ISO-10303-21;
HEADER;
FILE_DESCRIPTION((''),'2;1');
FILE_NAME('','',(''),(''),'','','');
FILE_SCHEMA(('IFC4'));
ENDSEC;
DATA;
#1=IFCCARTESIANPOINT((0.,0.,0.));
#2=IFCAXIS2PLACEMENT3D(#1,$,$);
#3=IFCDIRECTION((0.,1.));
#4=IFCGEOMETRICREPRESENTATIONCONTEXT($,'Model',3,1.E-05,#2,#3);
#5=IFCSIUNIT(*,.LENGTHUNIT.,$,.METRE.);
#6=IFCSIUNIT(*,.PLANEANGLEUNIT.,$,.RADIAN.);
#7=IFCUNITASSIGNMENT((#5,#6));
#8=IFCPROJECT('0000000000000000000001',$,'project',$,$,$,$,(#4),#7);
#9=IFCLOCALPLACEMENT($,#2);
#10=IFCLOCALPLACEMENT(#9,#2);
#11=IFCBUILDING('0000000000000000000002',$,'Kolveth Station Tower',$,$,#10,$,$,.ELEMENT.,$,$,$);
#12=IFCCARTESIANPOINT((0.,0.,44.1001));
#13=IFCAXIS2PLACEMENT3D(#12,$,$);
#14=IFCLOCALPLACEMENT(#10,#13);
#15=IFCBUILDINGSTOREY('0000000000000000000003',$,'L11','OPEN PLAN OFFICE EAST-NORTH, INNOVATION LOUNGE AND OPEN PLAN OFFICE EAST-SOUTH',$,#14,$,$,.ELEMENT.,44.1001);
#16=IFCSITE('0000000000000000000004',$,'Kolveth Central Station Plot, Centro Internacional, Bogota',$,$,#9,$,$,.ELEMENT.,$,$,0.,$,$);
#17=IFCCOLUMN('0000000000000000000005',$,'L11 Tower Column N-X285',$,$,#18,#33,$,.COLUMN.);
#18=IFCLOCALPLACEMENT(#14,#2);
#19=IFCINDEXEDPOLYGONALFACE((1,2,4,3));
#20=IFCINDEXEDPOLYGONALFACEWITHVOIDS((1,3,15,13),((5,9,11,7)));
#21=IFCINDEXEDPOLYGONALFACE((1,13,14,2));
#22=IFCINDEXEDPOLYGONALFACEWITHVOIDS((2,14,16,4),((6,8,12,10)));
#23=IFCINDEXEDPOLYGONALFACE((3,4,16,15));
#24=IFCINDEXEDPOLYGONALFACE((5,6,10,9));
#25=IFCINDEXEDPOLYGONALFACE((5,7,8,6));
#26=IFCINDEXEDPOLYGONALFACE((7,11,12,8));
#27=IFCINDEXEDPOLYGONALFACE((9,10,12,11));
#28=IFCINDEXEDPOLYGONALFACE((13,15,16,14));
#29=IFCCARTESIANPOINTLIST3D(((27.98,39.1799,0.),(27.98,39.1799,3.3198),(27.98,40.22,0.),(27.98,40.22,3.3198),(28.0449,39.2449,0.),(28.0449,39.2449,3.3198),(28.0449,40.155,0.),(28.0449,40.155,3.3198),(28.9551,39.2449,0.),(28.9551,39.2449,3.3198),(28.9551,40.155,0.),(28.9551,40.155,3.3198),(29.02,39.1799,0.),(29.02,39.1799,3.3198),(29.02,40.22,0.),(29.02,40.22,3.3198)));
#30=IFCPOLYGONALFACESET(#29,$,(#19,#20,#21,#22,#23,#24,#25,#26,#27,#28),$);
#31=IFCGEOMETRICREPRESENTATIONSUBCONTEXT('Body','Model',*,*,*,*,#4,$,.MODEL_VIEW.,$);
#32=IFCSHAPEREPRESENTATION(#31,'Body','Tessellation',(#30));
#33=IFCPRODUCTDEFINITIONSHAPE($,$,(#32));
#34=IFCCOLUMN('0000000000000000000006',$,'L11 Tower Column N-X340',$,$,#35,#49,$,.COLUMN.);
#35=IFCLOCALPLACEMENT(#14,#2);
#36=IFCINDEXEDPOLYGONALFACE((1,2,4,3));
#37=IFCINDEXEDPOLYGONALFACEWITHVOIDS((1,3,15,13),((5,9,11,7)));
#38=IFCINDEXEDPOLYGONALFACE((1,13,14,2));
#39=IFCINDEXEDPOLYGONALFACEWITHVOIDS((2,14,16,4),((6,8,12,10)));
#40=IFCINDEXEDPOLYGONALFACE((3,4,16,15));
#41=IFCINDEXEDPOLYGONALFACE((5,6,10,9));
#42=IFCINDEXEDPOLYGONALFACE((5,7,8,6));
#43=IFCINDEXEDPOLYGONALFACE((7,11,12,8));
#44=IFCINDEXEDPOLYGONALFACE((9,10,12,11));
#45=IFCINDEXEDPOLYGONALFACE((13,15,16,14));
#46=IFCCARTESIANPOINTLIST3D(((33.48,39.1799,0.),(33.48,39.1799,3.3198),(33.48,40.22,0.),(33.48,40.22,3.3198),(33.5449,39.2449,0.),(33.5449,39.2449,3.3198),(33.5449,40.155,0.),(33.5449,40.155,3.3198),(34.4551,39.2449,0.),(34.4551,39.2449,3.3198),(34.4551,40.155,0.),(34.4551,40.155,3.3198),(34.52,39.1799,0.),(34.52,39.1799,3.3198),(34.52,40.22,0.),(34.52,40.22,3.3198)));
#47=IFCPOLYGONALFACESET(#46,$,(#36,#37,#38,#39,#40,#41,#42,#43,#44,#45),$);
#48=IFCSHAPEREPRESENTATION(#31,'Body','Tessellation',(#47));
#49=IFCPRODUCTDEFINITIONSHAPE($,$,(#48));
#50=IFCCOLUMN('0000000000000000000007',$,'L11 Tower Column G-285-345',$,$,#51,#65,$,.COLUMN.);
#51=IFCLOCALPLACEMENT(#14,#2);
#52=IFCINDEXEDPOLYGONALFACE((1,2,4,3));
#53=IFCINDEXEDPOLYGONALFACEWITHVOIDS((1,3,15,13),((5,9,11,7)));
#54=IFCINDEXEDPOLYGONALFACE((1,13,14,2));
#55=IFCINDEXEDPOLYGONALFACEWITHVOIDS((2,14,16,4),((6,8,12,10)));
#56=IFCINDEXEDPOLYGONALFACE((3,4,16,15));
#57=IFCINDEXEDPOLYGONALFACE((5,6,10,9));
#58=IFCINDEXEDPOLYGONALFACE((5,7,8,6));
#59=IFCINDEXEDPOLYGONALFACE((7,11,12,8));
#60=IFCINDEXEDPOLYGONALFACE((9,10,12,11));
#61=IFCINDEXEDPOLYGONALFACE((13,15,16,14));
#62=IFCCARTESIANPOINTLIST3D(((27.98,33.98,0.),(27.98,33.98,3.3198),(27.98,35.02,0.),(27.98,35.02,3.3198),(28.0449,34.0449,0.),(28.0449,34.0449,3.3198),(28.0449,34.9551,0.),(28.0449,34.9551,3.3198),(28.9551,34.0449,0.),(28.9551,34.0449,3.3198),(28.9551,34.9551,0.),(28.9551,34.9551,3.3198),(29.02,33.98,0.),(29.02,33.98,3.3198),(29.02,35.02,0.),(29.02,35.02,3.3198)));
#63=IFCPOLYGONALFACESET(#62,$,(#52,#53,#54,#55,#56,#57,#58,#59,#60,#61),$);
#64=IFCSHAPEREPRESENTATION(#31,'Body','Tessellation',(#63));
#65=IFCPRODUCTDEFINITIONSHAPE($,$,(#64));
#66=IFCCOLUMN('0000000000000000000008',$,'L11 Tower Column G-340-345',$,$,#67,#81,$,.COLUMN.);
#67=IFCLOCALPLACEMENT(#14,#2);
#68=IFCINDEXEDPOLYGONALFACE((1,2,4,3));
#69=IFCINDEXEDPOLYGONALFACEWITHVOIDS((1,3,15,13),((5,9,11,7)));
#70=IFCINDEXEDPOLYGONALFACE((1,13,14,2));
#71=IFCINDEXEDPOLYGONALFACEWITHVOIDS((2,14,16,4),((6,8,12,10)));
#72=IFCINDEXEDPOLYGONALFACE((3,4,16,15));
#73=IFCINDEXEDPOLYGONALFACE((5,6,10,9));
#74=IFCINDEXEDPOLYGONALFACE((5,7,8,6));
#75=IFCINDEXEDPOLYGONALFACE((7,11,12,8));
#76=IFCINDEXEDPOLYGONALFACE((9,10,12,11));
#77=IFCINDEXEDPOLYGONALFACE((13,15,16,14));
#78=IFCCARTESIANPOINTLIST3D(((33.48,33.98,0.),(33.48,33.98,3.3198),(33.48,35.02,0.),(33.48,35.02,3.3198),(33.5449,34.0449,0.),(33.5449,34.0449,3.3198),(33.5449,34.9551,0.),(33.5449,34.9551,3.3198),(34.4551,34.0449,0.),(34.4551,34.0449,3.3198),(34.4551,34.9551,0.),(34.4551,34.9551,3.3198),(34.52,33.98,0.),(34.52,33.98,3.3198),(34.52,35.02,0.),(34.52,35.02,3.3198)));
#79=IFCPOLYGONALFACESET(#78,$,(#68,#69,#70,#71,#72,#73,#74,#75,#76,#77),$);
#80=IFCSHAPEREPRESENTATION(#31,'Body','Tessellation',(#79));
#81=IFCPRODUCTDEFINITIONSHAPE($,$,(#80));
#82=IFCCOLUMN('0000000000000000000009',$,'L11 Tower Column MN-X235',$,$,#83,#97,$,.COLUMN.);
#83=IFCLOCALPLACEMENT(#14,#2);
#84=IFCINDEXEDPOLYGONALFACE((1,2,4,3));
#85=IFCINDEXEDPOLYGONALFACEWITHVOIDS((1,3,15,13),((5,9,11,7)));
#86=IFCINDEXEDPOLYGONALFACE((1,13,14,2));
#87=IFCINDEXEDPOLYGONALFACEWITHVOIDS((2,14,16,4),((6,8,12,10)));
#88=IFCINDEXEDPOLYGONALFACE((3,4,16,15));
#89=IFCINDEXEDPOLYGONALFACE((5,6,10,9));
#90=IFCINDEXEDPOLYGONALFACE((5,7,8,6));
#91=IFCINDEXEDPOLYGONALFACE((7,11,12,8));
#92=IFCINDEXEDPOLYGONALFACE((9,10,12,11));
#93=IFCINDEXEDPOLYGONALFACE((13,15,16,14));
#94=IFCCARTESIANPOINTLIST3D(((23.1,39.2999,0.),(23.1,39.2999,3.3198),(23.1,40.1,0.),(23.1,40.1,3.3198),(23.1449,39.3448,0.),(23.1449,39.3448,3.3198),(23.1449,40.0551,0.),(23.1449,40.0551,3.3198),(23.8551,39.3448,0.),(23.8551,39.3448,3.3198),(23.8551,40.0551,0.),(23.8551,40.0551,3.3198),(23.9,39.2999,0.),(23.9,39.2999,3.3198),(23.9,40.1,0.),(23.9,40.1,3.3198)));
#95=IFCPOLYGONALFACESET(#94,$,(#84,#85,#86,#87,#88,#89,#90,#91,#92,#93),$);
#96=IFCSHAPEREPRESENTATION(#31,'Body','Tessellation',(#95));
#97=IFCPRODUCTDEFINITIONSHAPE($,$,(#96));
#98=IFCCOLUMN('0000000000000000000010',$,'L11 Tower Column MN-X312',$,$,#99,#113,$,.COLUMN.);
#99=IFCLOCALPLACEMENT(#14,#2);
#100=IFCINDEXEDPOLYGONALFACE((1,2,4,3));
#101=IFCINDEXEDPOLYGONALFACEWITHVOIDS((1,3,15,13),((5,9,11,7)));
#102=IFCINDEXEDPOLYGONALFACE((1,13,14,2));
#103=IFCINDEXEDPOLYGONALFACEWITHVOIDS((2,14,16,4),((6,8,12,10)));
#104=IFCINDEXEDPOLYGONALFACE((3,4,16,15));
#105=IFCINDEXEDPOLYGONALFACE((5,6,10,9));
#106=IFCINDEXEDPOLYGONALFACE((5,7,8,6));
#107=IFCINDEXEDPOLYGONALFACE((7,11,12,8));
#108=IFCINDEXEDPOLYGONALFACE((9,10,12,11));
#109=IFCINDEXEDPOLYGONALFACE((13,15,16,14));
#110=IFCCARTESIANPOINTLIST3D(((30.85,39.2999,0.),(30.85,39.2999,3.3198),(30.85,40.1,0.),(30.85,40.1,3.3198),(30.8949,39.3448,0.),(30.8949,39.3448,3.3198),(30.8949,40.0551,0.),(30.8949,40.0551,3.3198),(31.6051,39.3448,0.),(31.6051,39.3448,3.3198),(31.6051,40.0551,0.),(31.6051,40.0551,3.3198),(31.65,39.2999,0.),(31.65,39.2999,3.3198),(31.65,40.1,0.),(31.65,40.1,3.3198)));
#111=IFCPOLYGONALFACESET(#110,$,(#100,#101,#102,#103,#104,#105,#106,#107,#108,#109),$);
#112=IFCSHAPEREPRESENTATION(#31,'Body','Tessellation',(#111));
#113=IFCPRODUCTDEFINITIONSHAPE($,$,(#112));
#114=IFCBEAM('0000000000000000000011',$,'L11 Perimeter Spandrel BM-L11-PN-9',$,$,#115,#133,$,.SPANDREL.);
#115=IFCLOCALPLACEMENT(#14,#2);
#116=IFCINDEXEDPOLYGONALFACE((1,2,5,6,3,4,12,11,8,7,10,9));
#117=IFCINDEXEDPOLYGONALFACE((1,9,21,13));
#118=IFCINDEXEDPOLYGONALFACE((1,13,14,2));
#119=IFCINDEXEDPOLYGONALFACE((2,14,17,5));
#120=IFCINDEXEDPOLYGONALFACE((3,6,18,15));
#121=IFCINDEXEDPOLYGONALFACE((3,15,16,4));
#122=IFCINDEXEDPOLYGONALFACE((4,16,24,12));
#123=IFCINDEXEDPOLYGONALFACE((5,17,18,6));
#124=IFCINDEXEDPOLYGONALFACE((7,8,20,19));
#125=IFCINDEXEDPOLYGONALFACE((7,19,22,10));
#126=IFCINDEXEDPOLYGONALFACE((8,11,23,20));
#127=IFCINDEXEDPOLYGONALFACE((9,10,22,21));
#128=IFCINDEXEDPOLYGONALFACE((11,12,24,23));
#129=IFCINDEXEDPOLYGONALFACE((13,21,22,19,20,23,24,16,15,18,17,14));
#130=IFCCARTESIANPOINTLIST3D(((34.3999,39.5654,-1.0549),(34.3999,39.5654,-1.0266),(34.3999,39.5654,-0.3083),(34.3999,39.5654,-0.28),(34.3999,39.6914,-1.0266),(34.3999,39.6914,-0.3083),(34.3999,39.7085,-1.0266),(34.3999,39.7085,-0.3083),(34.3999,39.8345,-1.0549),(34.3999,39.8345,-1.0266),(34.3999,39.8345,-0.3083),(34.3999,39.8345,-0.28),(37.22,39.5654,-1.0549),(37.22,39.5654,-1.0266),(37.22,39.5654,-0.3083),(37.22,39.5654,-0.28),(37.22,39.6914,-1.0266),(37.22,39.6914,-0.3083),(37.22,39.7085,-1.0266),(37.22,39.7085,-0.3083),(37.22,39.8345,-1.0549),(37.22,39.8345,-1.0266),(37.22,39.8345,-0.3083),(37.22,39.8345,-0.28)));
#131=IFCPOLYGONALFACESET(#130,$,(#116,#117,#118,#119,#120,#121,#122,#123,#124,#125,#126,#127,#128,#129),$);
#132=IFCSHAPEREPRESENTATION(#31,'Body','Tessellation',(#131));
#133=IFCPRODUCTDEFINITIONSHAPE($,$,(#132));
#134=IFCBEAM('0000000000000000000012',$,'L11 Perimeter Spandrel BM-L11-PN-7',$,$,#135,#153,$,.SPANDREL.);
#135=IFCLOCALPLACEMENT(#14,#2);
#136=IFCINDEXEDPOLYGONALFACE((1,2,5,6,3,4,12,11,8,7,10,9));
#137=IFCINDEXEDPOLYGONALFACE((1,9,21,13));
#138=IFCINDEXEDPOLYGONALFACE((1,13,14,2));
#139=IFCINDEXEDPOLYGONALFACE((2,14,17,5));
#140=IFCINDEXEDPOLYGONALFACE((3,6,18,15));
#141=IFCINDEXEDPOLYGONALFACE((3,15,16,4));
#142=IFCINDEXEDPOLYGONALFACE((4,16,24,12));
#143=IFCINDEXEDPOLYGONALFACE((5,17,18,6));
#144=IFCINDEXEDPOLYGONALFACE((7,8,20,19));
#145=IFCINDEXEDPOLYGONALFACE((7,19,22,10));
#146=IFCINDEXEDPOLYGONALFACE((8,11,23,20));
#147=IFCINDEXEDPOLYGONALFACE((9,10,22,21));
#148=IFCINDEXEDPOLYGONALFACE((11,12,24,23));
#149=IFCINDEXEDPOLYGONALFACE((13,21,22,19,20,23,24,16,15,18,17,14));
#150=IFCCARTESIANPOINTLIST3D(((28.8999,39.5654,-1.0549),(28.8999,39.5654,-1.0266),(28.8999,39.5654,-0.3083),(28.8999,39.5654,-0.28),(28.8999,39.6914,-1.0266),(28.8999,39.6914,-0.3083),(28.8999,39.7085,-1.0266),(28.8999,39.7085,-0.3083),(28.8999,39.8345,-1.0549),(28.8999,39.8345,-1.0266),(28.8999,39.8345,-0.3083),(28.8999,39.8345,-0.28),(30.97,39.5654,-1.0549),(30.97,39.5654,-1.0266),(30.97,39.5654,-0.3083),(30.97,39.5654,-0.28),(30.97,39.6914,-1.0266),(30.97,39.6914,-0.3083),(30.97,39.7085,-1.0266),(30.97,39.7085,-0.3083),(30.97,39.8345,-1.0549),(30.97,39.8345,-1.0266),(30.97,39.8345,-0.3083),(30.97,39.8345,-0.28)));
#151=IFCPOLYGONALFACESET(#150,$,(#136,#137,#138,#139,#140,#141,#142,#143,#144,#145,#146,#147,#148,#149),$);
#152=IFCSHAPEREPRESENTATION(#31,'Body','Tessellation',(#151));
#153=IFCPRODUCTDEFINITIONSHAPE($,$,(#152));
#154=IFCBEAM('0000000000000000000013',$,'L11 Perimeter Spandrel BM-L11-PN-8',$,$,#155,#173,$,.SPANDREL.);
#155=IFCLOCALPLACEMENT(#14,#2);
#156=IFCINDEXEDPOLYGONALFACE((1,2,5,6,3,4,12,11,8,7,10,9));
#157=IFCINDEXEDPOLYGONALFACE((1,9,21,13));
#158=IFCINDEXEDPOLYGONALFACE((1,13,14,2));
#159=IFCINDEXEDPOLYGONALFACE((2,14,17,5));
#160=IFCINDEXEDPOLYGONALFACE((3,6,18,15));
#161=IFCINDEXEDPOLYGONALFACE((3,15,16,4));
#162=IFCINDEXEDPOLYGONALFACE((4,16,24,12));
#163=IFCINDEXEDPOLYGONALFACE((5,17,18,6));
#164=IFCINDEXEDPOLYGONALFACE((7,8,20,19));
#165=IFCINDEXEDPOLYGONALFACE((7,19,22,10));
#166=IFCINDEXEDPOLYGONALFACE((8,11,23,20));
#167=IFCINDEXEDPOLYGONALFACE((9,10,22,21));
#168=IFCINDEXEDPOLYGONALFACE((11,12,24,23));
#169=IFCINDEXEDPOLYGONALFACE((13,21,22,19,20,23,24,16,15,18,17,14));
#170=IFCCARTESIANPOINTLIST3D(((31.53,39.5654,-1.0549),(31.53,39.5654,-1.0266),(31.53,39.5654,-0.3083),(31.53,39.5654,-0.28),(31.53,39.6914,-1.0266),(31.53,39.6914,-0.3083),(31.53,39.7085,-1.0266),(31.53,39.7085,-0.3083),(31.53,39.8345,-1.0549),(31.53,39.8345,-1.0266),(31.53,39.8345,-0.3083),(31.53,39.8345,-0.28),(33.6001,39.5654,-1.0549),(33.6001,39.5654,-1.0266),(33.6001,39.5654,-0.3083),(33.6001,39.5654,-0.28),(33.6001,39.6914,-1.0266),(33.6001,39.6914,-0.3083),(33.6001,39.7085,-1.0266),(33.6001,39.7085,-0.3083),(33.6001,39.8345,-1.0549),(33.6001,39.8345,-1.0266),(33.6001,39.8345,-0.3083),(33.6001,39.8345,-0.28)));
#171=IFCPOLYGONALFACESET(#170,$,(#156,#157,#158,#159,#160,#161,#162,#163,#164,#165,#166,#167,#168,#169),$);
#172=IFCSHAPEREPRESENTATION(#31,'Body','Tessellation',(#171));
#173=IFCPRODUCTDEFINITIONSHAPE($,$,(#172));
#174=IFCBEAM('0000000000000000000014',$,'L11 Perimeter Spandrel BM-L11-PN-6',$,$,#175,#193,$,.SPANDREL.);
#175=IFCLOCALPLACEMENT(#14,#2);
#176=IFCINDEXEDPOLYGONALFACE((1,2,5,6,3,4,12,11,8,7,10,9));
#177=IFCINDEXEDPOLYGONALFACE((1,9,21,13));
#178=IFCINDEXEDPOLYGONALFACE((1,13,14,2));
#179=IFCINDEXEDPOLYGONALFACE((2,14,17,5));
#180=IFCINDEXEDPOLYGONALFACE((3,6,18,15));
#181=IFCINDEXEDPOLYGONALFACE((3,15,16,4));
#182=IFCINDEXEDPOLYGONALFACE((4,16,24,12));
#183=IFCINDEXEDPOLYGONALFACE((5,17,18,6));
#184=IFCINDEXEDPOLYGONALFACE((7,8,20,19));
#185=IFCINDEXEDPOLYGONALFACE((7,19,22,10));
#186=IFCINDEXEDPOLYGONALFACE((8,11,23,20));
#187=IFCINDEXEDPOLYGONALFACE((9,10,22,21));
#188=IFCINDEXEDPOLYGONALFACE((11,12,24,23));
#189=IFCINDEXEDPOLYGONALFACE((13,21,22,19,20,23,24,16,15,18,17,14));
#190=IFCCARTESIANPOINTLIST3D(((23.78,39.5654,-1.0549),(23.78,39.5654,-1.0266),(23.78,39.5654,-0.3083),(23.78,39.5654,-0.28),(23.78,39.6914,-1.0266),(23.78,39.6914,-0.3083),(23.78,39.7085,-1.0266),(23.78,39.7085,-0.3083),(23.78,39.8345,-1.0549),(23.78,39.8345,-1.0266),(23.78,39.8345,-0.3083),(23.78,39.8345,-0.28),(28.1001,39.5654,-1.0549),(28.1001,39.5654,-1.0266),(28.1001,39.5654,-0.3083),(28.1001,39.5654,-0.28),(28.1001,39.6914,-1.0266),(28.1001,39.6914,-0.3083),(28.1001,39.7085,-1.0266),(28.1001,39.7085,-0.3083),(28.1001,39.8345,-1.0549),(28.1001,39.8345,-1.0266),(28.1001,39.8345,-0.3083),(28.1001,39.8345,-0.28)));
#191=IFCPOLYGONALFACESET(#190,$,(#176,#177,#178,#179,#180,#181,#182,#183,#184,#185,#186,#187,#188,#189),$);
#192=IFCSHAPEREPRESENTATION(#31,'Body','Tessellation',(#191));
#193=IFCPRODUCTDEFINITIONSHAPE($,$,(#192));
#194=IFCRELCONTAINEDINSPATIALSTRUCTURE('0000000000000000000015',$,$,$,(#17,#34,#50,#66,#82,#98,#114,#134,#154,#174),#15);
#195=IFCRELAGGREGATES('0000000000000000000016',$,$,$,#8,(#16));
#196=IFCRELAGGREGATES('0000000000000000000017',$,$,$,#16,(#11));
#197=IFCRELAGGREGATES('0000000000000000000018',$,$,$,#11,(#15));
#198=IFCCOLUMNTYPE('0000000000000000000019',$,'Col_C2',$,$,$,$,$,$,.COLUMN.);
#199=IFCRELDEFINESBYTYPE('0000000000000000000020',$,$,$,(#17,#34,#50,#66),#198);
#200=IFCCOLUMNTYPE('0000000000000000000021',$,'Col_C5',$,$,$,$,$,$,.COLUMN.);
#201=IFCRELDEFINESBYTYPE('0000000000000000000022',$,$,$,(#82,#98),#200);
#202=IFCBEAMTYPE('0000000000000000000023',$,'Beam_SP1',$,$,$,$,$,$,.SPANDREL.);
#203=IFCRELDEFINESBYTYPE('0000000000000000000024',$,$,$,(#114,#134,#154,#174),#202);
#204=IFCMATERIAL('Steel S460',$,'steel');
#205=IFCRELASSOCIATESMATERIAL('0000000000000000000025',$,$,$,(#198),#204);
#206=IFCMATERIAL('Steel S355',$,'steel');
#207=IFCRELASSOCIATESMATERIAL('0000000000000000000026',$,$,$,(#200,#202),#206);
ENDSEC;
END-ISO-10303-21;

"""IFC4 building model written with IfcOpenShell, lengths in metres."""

from ifc_helpers import new_model, si_unit, direction, frame, origin, origin_2d, place, context, subcontext, project, spatial, hollow_rectangle, i_section, extrude, source, transform, mapped, material, material_profile, profile_set, type_object, element, save


model = new_model("IFC4")

# Units and contexts
model_context = context("Model", 3, precision=1e-05, world=origin(), true_north=direction((0.0, 1.0)))
body_context = subcontext(model_context, "Body", "Model", "MODEL_VIEW")
ifc_project = project(units=[si_unit("LENGTHUNIT", "METRE"), si_unit("PLANEANGLEUNIT", "RADIAN")], contexts=[model_context])

# Site, building, storey
site_placement = place(None, origin())
site = spatial("IfcSite", under=ifc_project, at=site_placement, Name="Kolveth Central Station Plot, Centro Internacional, Bogota", CompositionType="ELEMENT", RefElevation=0.0)
building_placement = place(site_placement, origin())
building = spatial("IfcBuilding", under=site, at=building_placement, Name="Kolveth Station Tower", CompositionType="ELEMENT")
storey_placement = place(building_placement, frame((0.0, 0.0, 44.1001)))
storey = spatial("IfcBuildingStorey", under=building, at=storey_placement, Name="L11", Description="OPEN PLAN OFFICE EAST-NORTH, INNOVATION LOUNGE AND OPEN PLAN OFFICE EAST-SOUTH", CompositionType="ELEMENT", Elevation=44.1001)

# Columns
ifc_material_1 = material(Name="Steel S460", Category="steel")
ifc_material_profile_1 = material_profile(ifc_material_1, hollow_rectangle(XDim=1.04, YDim=1.04, WallThickness=0.0649, at=origin_2d()), Name="BOX1040x1040x65")
ifc_profile_set_1 = profile_set([ifc_material_profile_1], Name="Steel S460")
column_type_1 = type_object("IfcColumnType", Name="Col_C2", PredefinedType="COLUMN", material=ifc_profile_set_1)
shared_shape_1 = source(origin(), body_context, "Body", "SweptSolid", [
    extrude(hollow_rectangle(XDim=1.04, YDim=1.04, WallThickness=0.0649, at=origin_2d()), origin(), (0.0, 0.0, 1.0), 3.3198),
])
for number, where, z_axis, x_axis, name in (
    (1, (28.5, 39.7, 0.0), (0.0, 0.0, 1.0), (1.0, 0.0, 0.0), "L11 Tower Column N-X285"),
    (2, (34.0, 39.7, 0.0), (0.0, 0.0, 1.0), (1.0, 0.0, 0.0), "L11 Tower Column N-X340"),
    (3, (28.5, 34.5, 0.0), (0.0, 0.0, 1.0), (1.0, 0.0, 0.0), "L11 Tower Column G-285-345"),
    (4, (34.0, 34.5, 0.0), (0.0, 0.0, 1.0), (1.0, 0.0, 0.0), "L11 Tower Column G-340-345"),
):
    element("IfcColumn", number, at=place(storey_placement, frame(where, z_axis=z_axis, x_axis=x_axis)), inside=storey, type_object=column_type_1, Name=name, PredefinedType="COLUMN", context=body_context, shape_type="MappedRepresentation", body=[
        mapped(shared_shape_1, transform((0.0, 0.0, 0.0), x_axis=(1.0, 0.0, 0.0), y_axis=(0.0, 1.0, 0.0), z_axis=(0.0, 0.0, 1.0), scale=1.0)),
    ])
ifc_material_2 = material(Name="Steel S355", Category="steel")
ifc_material_profile_2 = material_profile(ifc_material_2, hollow_rectangle(XDim=0.8, YDim=0.8, WallThickness=0.0449, at=origin_2d()), Name="BOX800x800x45")
ifc_profile_set_2 = profile_set([ifc_material_profile_2], Name="Steel S355")
column_type_2 = type_object("IfcColumnType", Name="Col_C5", PredefinedType="COLUMN", material=ifc_profile_set_2)
shared_shape_2 = source(origin(), body_context, "Body", "SweptSolid", [
    extrude(hollow_rectangle(XDim=0.8, YDim=0.8, WallThickness=0.0449, at=origin_2d()), origin(), (0.0, 0.0, 1.0), 3.3198),
])
for number, where, z_axis, x_axis, name in (
    (5, (23.5, 39.7, 0.0), (0.0, 0.0, 1.0), (1.0, 0.0, 0.0), "L11 Tower Column MN-X235"),
    (6, (31.25, 39.7, 0.0), (0.0, 0.0, 1.0), (1.0, 0.0, 0.0), "L11 Tower Column MN-X312"),
):
    element("IfcColumn", number, at=place(storey_placement, frame(where, z_axis=z_axis, x_axis=x_axis)), inside=storey, type_object=column_type_2, Name=name, PredefinedType="COLUMN", context=body_context, shape_type="MappedRepresentation", body=[
        mapped(shared_shape_2, transform((0.0, 0.0, 0.0), x_axis=(1.0, 0.0, 0.0), y_axis=(0.0, 1.0, 0.0), z_axis=(0.0, 0.0, 1.0), scale=1.0)),
    ])

# Beams
ifc_material_profile_3 = material_profile(ifc_material_2, i_section(OverallWidth=0.269, OverallDepth=0.7749, WebThickness=0.0171, FlangeThickness=0.0283, at=origin_2d()), Name="W760x220")
ifc_profile_set_3 = profile_set([ifc_material_profile_3], Name="Steel S355")
beam_type_1 = type_object("IfcBeamType", Name="Beam_SP1", PredefinedType="SPANDREL", material=ifc_profile_set_3)
shared_shape_3 = source(origin(), body_context, "Body", "SweptSolid", [
    extrude(i_section(OverallWidth=0.269, OverallDepth=0.7749, WebThickness=0.0171, FlangeThickness=0.0283, at=origin_2d()), origin(), (0.0, 0.0, 1.0), 2.8201),
])
beam_1_placement = place(storey_placement, frame((34.3999, 39.7, -0.6675), z_axis=(1.0, 0.0, 0.0), x_axis=(0.0, 1.0, 0.0)))
element("IfcBeam", 7, at=beam_1_placement, inside=storey, type_object=beam_type_1, Name="L11 Perimeter Spandrel BM-L11-PN-9", PredefinedType="SPANDREL", context=body_context, shape_type="MappedRepresentation", body=[
    mapped(shared_shape_3, transform((0.0, 0.0, 0.0), x_axis=(1.0, 0.0, 0.0), y_axis=(0.0, 1.0, 0.0), z_axis=(0.0, 0.0, 1.0), scale=1.0)),
])
shared_shape_4 = source(origin(), body_context, "Body", "SweptSolid", [
    extrude(i_section(OverallWidth=0.269, OverallDepth=0.7749, WebThickness=0.0171, FlangeThickness=0.0283, at=origin_2d()), origin(), (0.0, 0.0, 1.0), 2.0701),
])
for number, where, z_axis, x_axis, name in (
    (8, (28.8999, 39.7, -0.6675), (1.0, 0.0, 0.0), (0.0, 1.0, 0.0), "L11 Perimeter Spandrel BM-L11-PN-7"),
    (9, (31.53, 39.7, -0.6675), (1.0, 0.0, 0.0), (0.0, 1.0, 0.0), "L11 Perimeter Spandrel BM-L11-PN-8"),
):
    element("IfcBeam", number, at=place(storey_placement, frame(where, z_axis=z_axis, x_axis=x_axis)), inside=storey, type_object=beam_type_1, Name=name, PredefinedType="SPANDREL", context=body_context, shape_type="MappedRepresentation", body=[
        mapped(shared_shape_4, transform((0.0, 0.0, 0.0), x_axis=(1.0, 0.0, 0.0), y_axis=(0.0, 1.0, 0.0), z_axis=(0.0, 0.0, 1.0), scale=1.0)),
    ])
shared_shape_5 = source(origin(), body_context, "Body", "SweptSolid", [
    extrude(i_section(OverallWidth=0.269, OverallDepth=0.7749, WebThickness=0.0171, FlangeThickness=0.0283, at=origin_2d()), origin(), (0.0, 0.0, 1.0), 4.3201),
])
beam_2_placement = place(storey_placement, frame((23.78, 39.7, -0.6675), z_axis=(1.0, 0.0, 0.0), x_axis=(0.0, 1.0, 0.0)))
element("IfcBeam", 10, at=beam_2_placement, inside=storey, type_object=beam_type_1, Name="L11 Perimeter Spandrel BM-L11-PN-6", PredefinedType="SPANDREL", context=body_context, shape_type="MappedRepresentation", body=[
    mapped(shared_shape_5, transform((0.0, 0.0, 0.0), x_axis=(1.0, 0.0, 0.0), y_axis=(0.0, 1.0, 0.0), z_axis=(0.0, 0.0, 1.0), scale=1.0)),
])

save(model, "model.ifc")
